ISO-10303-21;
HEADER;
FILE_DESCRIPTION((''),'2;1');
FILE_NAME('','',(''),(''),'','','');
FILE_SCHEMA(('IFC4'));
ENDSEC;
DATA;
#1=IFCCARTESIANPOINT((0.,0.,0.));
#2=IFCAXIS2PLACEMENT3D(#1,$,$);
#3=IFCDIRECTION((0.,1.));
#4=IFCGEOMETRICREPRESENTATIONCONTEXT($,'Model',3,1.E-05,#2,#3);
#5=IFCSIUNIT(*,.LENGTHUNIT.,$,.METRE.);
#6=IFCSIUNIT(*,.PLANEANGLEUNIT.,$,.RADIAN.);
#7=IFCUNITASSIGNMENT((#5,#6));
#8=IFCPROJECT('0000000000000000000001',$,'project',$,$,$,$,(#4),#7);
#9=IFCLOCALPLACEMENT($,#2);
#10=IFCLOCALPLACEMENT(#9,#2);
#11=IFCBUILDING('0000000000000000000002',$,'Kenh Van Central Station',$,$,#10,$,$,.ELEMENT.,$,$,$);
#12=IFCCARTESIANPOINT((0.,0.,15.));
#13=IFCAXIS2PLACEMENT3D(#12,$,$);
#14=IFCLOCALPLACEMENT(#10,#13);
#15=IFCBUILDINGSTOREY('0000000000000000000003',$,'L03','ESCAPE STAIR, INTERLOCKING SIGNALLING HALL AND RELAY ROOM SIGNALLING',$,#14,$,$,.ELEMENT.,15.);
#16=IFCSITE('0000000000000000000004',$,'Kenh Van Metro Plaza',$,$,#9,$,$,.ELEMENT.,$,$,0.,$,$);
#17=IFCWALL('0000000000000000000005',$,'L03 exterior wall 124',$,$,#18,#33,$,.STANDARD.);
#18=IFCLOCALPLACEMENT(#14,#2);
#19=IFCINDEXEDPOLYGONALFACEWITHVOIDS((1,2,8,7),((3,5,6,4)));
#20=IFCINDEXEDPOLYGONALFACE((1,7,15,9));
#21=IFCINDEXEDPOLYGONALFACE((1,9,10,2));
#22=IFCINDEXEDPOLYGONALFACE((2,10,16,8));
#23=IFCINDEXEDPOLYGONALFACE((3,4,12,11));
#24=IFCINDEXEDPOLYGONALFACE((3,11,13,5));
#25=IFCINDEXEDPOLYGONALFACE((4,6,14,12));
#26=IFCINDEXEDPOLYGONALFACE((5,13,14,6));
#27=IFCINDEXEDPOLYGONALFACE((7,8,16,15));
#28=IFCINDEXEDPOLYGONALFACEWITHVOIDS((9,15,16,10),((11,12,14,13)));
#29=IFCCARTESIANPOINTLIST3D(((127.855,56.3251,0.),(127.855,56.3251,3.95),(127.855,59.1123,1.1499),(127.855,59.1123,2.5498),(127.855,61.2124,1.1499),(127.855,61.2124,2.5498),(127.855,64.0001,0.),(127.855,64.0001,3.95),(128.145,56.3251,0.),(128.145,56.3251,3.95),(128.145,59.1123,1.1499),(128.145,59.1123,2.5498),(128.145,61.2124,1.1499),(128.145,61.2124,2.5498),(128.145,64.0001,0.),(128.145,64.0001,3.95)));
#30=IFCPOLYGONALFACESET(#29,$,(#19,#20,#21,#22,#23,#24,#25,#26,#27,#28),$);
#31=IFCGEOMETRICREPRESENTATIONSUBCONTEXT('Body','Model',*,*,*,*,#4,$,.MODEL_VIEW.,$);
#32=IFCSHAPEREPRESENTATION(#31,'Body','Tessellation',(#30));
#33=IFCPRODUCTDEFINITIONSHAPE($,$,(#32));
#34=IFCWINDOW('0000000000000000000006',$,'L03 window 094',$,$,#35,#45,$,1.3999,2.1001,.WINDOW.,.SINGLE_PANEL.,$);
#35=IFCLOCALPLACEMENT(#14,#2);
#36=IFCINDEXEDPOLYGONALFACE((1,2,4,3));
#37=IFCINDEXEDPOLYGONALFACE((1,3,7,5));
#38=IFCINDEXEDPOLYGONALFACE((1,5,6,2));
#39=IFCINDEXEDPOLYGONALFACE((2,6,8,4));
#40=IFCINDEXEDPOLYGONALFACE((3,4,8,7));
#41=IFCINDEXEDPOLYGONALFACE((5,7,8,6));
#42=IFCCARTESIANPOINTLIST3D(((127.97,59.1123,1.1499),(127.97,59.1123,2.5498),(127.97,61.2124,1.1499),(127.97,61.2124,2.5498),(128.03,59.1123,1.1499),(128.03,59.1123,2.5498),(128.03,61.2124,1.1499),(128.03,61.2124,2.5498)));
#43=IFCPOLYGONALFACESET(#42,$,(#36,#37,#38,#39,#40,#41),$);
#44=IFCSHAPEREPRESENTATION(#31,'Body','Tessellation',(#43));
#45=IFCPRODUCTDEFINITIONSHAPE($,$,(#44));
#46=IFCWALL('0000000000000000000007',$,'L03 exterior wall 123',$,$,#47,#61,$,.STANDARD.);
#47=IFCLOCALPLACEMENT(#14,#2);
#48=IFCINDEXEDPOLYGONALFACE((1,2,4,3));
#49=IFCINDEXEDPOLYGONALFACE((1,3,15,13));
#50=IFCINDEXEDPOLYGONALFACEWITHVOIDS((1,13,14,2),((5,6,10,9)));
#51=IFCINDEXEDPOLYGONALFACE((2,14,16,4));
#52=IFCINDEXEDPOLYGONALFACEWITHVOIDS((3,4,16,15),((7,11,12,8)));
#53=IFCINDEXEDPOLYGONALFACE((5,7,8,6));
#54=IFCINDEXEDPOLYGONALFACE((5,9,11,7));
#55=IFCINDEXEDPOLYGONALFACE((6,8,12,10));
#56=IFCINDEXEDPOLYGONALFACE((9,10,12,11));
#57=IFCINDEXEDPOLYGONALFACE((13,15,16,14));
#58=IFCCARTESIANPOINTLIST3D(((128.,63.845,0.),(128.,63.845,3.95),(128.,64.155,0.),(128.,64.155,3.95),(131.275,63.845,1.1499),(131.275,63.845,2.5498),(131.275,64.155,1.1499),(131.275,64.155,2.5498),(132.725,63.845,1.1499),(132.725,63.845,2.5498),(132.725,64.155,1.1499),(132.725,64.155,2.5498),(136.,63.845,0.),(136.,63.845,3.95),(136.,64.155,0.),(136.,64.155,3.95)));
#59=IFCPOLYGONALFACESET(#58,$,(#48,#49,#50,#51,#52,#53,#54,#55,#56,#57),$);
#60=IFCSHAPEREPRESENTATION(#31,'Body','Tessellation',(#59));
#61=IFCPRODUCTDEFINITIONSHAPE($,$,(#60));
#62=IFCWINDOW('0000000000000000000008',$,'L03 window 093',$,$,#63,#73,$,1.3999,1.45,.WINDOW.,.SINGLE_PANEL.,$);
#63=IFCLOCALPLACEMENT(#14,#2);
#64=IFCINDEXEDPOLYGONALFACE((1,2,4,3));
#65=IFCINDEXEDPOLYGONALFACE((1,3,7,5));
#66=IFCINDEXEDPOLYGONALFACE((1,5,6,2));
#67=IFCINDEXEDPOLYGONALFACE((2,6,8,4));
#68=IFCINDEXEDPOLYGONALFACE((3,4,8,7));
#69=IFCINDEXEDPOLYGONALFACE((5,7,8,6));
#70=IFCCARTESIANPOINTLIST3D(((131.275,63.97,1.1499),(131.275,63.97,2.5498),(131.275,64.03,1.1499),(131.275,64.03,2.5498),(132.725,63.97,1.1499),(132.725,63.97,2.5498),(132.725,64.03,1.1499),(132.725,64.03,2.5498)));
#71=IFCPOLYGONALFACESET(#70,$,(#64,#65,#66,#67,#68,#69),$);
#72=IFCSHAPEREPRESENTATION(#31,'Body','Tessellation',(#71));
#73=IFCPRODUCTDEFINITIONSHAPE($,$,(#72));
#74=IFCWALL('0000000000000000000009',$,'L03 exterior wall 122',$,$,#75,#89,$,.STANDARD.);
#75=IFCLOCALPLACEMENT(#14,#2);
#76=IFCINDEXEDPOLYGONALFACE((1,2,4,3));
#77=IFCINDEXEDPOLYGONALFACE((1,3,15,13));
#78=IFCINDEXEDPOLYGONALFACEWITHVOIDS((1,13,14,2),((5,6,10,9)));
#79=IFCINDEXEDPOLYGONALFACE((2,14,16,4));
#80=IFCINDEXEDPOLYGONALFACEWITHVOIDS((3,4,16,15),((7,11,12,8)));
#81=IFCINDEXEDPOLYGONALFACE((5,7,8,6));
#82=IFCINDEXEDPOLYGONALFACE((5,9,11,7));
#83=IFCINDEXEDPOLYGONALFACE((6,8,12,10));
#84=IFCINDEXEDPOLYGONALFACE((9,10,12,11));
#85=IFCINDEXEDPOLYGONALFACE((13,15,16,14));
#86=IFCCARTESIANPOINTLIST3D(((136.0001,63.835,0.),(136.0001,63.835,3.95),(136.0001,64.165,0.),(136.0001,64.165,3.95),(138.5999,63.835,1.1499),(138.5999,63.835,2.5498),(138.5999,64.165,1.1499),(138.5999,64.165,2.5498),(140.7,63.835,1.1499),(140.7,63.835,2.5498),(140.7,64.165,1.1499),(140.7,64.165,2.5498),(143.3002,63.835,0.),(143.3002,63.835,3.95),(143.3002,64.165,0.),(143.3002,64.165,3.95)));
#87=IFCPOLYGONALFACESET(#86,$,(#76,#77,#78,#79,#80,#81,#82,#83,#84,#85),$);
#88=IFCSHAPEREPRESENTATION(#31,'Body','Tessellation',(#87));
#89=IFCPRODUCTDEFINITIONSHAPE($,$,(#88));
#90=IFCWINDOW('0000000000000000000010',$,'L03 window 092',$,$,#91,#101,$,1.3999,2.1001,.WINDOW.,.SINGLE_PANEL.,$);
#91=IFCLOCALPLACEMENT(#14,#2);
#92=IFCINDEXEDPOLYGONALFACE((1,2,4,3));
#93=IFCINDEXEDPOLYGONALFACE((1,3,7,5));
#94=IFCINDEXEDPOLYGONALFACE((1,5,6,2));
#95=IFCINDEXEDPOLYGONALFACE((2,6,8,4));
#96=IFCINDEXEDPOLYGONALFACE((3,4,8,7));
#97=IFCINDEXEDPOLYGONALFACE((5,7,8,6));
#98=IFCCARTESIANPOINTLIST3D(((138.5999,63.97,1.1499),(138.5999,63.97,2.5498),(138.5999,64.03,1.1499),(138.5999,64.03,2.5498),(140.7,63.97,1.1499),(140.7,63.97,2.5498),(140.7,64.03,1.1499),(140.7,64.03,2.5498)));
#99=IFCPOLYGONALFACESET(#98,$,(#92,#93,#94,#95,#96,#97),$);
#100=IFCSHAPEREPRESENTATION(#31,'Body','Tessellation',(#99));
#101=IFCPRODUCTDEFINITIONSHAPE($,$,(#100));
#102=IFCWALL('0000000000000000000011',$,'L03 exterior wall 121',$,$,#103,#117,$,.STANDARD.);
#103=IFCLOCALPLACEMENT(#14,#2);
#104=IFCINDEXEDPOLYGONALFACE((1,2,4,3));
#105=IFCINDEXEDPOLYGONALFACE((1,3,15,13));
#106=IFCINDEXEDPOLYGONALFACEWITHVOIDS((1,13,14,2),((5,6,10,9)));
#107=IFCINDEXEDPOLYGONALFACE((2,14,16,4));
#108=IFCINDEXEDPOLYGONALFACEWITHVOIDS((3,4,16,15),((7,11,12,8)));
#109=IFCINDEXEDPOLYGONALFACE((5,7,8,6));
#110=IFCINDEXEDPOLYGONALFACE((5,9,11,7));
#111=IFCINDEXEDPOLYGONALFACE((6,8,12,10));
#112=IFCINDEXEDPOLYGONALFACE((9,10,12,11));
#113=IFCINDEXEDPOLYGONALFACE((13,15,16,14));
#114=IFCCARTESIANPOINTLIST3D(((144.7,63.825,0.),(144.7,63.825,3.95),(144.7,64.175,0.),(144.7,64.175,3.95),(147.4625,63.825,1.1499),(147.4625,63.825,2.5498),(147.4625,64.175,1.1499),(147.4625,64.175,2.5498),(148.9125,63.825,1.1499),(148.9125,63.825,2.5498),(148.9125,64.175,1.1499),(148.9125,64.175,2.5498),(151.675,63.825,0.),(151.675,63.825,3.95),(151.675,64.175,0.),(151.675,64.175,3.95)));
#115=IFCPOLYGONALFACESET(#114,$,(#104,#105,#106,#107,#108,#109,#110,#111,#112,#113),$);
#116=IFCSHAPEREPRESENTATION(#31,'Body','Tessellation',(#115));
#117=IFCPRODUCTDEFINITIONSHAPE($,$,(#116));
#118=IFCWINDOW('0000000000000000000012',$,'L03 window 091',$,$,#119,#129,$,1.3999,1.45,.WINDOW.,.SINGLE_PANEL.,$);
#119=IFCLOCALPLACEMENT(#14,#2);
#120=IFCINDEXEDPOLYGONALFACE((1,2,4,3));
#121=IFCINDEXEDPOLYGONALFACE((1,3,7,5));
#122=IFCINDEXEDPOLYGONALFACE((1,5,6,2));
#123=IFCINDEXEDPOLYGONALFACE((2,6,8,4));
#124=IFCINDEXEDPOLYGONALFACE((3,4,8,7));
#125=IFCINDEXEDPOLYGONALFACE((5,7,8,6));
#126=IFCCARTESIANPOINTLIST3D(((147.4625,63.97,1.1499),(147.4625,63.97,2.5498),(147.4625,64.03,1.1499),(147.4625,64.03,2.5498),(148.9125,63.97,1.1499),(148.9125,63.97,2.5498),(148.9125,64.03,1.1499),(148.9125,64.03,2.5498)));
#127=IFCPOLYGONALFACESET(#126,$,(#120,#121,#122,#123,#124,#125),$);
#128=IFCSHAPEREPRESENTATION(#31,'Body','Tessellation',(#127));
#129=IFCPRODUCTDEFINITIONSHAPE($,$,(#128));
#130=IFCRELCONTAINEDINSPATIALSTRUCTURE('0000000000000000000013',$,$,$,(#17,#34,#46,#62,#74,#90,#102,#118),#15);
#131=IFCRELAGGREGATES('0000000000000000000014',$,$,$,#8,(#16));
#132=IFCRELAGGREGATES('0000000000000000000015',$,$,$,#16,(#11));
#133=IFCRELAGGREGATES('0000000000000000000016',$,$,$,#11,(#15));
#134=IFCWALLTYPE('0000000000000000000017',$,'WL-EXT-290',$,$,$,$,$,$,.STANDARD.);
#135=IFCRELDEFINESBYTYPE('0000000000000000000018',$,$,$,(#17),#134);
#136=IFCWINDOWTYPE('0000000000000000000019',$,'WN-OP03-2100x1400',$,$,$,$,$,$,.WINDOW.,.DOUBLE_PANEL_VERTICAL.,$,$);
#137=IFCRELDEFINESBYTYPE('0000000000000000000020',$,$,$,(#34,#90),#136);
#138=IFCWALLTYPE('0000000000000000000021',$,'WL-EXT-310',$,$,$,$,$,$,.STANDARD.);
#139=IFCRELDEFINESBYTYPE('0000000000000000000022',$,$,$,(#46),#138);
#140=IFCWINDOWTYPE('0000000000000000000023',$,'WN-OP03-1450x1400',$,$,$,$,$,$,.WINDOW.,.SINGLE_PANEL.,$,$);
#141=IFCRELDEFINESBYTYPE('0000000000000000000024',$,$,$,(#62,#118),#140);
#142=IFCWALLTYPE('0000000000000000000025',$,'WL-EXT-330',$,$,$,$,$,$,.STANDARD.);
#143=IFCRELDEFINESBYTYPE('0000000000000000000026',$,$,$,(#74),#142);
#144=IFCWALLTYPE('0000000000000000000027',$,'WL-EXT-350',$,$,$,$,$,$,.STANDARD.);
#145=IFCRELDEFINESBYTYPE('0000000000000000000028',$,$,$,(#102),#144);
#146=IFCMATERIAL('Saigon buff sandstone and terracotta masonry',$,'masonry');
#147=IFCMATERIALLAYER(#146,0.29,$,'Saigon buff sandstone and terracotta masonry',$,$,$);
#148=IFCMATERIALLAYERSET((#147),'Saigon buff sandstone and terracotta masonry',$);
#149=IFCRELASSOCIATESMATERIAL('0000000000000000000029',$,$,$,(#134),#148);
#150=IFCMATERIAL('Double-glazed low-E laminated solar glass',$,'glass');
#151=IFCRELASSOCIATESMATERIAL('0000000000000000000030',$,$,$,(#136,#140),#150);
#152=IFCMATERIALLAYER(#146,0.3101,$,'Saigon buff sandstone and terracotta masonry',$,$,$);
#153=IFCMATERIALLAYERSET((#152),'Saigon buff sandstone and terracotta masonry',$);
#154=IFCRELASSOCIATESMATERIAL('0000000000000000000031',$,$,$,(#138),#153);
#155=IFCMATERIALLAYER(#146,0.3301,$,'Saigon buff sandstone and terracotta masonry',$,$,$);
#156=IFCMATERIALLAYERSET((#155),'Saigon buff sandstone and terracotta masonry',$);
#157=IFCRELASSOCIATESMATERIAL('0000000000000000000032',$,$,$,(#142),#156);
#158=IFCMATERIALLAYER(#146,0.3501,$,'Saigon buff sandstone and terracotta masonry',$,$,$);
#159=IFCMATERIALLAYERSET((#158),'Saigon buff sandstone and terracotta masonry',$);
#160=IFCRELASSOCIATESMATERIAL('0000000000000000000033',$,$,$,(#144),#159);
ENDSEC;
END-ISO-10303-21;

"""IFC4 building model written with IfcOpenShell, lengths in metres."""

from ifc_helpers import new_model, si_unit, direction, frame, frame_2d, origin, place, context, subcontext, project, spatial, rectangle, extrude, material, layer, layer_set, type_object, element, fill, save


model = new_model("IFC4")

# Units and contexts
model_context = context("Model", 3, precision=1e-05, world=origin(), true_north=direction((0.0, 1.0)))
body_context = subcontext(model_context, "Body", "Model", "MODEL_VIEW")
ifc_project = project(units=[si_unit("LENGTHUNIT", "METRE"), si_unit("PLANEANGLEUNIT", "RADIAN")], contexts=[model_context])

# Site, building, storey
site_placement = place(None, origin())
site = spatial("IfcSite", under=ifc_project, at=site_placement, Name="Kenh Van Metro Plaza", CompositionType="ELEMENT", RefElevation=0.0)
building_placement = place(site_placement, origin())
building = spatial("IfcBuilding", under=site, at=building_placement, Name="Kenh Van Central Station", CompositionType="ELEMENT")
storey_placement = place(building_placement, frame((0.0, 0.0, 15.0)))
storey = spatial("IfcBuildingStorey", under=building, at=storey_placement, Name="L03", Description="ESCAPE STAIR, INTERLOCKING SIGNALLING HALL AND RELAY ROOM SIGNALLING", CompositionType="ELEMENT", Elevation=15.0)

# Shared definitions
ifc_material_1 = material(Name="Double-glazed low-E laminated solar glass", Category="glass")

# Walls, openings, windows
ifc_material_2 = material(Name="Saigon buff sandstone and terracotta masonry", Category="masonry")
ifc_layer_1 = layer(ifc_material_2, 0.29, Name="Saigon buff sandstone and terracotta masonry")
ifc_layer_set_1 = layer_set([ifc_layer_1], Name="Saigon buff sandstone and terracotta masonry")
wall_type_1 = type_object("IfcWallType", Name="WL-EXT-290", PredefinedType="STANDARD", material=ifc_layer_set_1)
wall_1_placement = place(storey_placement, frame((128.0, 64.0, 0.0), z_axis=(0.0, 0.0, 1.0), x_axis=(0.0, -1.0, 0.0)))
wall_1 = element("IfcWall", 1, at=wall_1_placement, inside=storey, type_object=wall_type_1, Name="L03 exterior wall 124", PredefinedType="STANDARD", context=body_context, shape_type="SweptSolid", body=[
    extrude(rectangle(XDim=7.675, YDim=0.29, at=frame_2d((3.8374, 0.0))), origin(), (0.0, 0.0, 1.0), 3.95),
])
opening_1_placement = place(wall_1_placement, frame((2.7876, 0.0, 1.1499)))
opening_1 = element("IfcOpeningElement", 2, at=opening_1_placement, cuts=wall_1, PredefinedType="OPENING", context=body_context, shape_type="SweptSolid", body=[
    extrude(rectangle(XDim=2.1001, YDim=1.3999, at=frame_2d((1.05, 0.7))), frame((0.0, 0.155, 0.0), z_axis=(0.0, -1.0, 0.0), x_axis=(1.0, 0.0, 0.0)), (0.0, 0.0, 1.0), 0.3101),
])
window_type_1 = type_object("IfcWindowType", Name="WN-OP03-2100x1400", PartitioningType="DOUBLE_PANEL_VERTICAL", PredefinedType="WINDOW", material=ifc_material_1)
window_1_placement = place(opening_1_placement, origin())
window_1 = element("IfcWindow", 3, at=window_1_placement, inside=storey, type_object=window_type_1, Name="L03 window 094", OverallHeight=1.3999, OverallWidth=2.1001, PartitioningType="SINGLE_PANEL", PredefinedType="WINDOW", context=body_context, shape_type="SweptSolid", body=[
    extrude(rectangle(XDim=2.1001, YDim=1.3999, at=frame_2d((1.05, 0.7))), frame((0.0, 0.03, 0.0), z_axis=(0.0, -1.0, 0.0), x_axis=(1.0, 0.0, 0.0)), (0.0, 0.0, 1.0), 0.0601),
])
fill(opening_1, window_1)
ifc_layer_2 = layer(ifc_material_2, 0.3101, Name="Saigon buff sandstone and terracotta masonry")
ifc_layer_set_2 = layer_set([ifc_layer_2], Name="Saigon buff sandstone and terracotta masonry")
wall_type_2 = type_object("IfcWallType", Name="WL-EXT-310", PredefinedType="STANDARD", material=ifc_layer_set_2)
wall_2_placement = place(storey_placement, frame((136.0, 64.0, 0.0), z_axis=(0.0, 0.0, 1.0), x_axis=(-1.0, 0.0, 0.0)))
wall_2 = element("IfcWall", 4, at=wall_2_placement, inside=storey, type_object=wall_type_2, Name="L03 exterior wall 123", PredefinedType="STANDARD", context=body_context, shape_type="SweptSolid", body=[
    extrude(rectangle(XDim=8.0, YDim=0.3101, at=frame_2d((4.0, 0.0))), origin(), (0.0, 0.0, 1.0), 3.95),
])
opening_2_placement = place(wall_2_placement, frame((3.2749, 0.0, 1.1499)))
opening_2 = element("IfcOpeningElement", 5, at=opening_2_placement, cuts=wall_2, PredefinedType="OPENING", context=body_context, shape_type="SweptSolid", body=[
    extrude(rectangle(XDim=1.45, YDim=1.3999, at=frame_2d((0.7251, 0.7))), frame((0.0, 0.165, 0.0), z_axis=(0.0, -1.0, 0.0), x_axis=(1.0, 0.0, 0.0)), (0.0, 0.0, 1.0), 0.3301),
])
window_type_2 = type_object("IfcWindowType", Name="WN-OP03-1450x1400", PartitioningType="SINGLE_PANEL", PredefinedType="WINDOW", material=ifc_material_1)
window_2_placement = place(opening_2_placement, origin())
window_2 = element("IfcWindow", 6, at=window_2_placement, inside=storey, type_object=window_type_2, Name="L03 window 093", OverallHeight=1.3999, OverallWidth=1.45, PartitioningType="SINGLE_PANEL", PredefinedType="WINDOW", context=body_context, shape_type="SweptSolid", body=[
    extrude(rectangle(XDim=1.45, YDim=1.3999, at=frame_2d((0.7251, 0.7))), frame((0.0, 0.03, 0.0), z_axis=(0.0, -1.0, 0.0), x_axis=(1.0, 0.0, 0.0)), (0.0, 0.0, 1.0), 0.0601),
])
fill(opening_2, window_2)
ifc_layer_3 = layer(ifc_material_2, 0.3301, Name="Saigon buff sandstone and terracotta masonry")
ifc_layer_set_3 = layer_set([ifc_layer_3], Name="Saigon buff sandstone and terracotta masonry")
wall_type_3 = type_object("IfcWallType", Name="WL-EXT-330", PredefinedType="STANDARD", material=ifc_layer_set_3)
wall_3_placement = place(storey_placement, frame((143.3, 64.0, 0.0), z_axis=(0.0, 0.0, 1.0), x_axis=(-1.0, 0.0, 0.0)))
wall_3 = element("IfcWall", 7, at=wall_3_placement, inside=storey, type_object=wall_type_3, Name="L03 exterior wall 122", PredefinedType="STANDARD", context=body_context, shape_type="SweptSolid", body=[
    extrude(rectangle(XDim=7.3, YDim=0.3301, at=frame_2d((3.6499, 0.0))), origin(), (0.0, 0.0, 1.0), 3.95),
])
opening_3_placement = place(wall_3_placement, frame((2.6001, 0.0, 1.1499)))
opening_3 = element("IfcOpeningElement", 8, at=opening_3_placement, cuts=wall_3, PredefinedType="OPENING", context=body_context, shape_type="SweptSolid", body=[
    extrude(rectangle(XDim=2.1001, YDim=1.3999, at=frame_2d((1.05, 0.7))), frame((0.0, 0.175, 0.0), z_axis=(0.0, -1.0, 0.0), x_axis=(1.0, 0.0, 0.0)), (0.0, 0.0, 1.0), 0.3501),
])
window_3_placement = place(opening_3_placement, origin())
window_3 = element("IfcWindow", 9, at=window_3_placement, inside=storey, type_object=window_type_1, Name="L03 window 092", OverallHeight=1.3999, OverallWidth=2.1001, PartitioningType="SINGLE_PANEL", PredefinedType="WINDOW", context=body_context, shape_type="SweptSolid", body=[
    extrude(rectangle(XDim=2.1001, YDim=1.3999, at=frame_2d((1.05, 0.7))), frame((0.0, 0.03, 0.0), z_axis=(0.0, -1.0, 0.0), x_axis=(1.0, 0.0, 0.0)), (0.0, 0.0, 1.0), 0.0601),
])
fill(opening_3, window_3)
ifc_layer_4 = layer(ifc_material_2, 0.3501, Name="Saigon buff sandstone and terracotta masonry")
ifc_layer_set_4 = layer_set([ifc_layer_4], Name="Saigon buff sandstone and terracotta masonry")
wall_type_4 = type_object("IfcWallType", Name="WL-EXT-350", PredefinedType="STANDARD", material=ifc_layer_set_4)
wall_4_placement = place(storey_placement, frame((151.675, 64.0, 0.0), z_axis=(0.0, 0.0, 1.0), x_axis=(-1.0, 0.0, 0.0)))
wall_4 = element("IfcWall", 10, at=wall_4_placement, inside=storey, type_object=wall_type_4, Name="L03 exterior wall 121", PredefinedType="STANDARD", context=body_context, shape_type="SweptSolid", body=[
    extrude(rectangle(XDim=6.9751, YDim=0.3501, at=frame_2d((3.4875, 0.0))), origin(), (0.0, 0.0, 1.0), 3.95),
])
opening_4_placement = place(wall_4_placement, frame((2.7625, 0.0, 1.1499)))
opening_4 = element("IfcOpeningElement", 11, at=opening_4_placement, cuts=wall_4, PredefinedType="OPENING", context=body_context, shape_type="SweptSolid", body=[
    extrude(rectangle(XDim=1.45, YDim=1.3999, at=frame_2d((0.7251, 0.7))), frame((0.0, 0.1851, 0.0), z_axis=(0.0, -1.0, 0.0), x_axis=(1.0, 0.0, 0.0)), (0.0, 0.0, 1.0), 0.3701),
])
window_4_placement = place(opening_4_placement, origin())
window_4 = element("IfcWindow", 12, at=window_4_placement, inside=storey, type_object=window_type_2, Name="L03 window 091", OverallHeight=1.3999, OverallWidth=1.45, PartitioningType="SINGLE_PANEL", PredefinedType="WINDOW", context=body_context, shape_type="SweptSolid", body=[
    extrude(rectangle(XDim=1.45, YDim=1.3999, at=frame_2d((0.7251, 0.7))), frame((0.0, 0.03, 0.0), z_axis=(0.0, -1.0, 0.0), x_axis=(1.0, 0.0, 0.0)), (0.0, 0.0, 1.0), 0.0601),
])
fill(opening_4, window_4)

save(model, "model.ifc")
